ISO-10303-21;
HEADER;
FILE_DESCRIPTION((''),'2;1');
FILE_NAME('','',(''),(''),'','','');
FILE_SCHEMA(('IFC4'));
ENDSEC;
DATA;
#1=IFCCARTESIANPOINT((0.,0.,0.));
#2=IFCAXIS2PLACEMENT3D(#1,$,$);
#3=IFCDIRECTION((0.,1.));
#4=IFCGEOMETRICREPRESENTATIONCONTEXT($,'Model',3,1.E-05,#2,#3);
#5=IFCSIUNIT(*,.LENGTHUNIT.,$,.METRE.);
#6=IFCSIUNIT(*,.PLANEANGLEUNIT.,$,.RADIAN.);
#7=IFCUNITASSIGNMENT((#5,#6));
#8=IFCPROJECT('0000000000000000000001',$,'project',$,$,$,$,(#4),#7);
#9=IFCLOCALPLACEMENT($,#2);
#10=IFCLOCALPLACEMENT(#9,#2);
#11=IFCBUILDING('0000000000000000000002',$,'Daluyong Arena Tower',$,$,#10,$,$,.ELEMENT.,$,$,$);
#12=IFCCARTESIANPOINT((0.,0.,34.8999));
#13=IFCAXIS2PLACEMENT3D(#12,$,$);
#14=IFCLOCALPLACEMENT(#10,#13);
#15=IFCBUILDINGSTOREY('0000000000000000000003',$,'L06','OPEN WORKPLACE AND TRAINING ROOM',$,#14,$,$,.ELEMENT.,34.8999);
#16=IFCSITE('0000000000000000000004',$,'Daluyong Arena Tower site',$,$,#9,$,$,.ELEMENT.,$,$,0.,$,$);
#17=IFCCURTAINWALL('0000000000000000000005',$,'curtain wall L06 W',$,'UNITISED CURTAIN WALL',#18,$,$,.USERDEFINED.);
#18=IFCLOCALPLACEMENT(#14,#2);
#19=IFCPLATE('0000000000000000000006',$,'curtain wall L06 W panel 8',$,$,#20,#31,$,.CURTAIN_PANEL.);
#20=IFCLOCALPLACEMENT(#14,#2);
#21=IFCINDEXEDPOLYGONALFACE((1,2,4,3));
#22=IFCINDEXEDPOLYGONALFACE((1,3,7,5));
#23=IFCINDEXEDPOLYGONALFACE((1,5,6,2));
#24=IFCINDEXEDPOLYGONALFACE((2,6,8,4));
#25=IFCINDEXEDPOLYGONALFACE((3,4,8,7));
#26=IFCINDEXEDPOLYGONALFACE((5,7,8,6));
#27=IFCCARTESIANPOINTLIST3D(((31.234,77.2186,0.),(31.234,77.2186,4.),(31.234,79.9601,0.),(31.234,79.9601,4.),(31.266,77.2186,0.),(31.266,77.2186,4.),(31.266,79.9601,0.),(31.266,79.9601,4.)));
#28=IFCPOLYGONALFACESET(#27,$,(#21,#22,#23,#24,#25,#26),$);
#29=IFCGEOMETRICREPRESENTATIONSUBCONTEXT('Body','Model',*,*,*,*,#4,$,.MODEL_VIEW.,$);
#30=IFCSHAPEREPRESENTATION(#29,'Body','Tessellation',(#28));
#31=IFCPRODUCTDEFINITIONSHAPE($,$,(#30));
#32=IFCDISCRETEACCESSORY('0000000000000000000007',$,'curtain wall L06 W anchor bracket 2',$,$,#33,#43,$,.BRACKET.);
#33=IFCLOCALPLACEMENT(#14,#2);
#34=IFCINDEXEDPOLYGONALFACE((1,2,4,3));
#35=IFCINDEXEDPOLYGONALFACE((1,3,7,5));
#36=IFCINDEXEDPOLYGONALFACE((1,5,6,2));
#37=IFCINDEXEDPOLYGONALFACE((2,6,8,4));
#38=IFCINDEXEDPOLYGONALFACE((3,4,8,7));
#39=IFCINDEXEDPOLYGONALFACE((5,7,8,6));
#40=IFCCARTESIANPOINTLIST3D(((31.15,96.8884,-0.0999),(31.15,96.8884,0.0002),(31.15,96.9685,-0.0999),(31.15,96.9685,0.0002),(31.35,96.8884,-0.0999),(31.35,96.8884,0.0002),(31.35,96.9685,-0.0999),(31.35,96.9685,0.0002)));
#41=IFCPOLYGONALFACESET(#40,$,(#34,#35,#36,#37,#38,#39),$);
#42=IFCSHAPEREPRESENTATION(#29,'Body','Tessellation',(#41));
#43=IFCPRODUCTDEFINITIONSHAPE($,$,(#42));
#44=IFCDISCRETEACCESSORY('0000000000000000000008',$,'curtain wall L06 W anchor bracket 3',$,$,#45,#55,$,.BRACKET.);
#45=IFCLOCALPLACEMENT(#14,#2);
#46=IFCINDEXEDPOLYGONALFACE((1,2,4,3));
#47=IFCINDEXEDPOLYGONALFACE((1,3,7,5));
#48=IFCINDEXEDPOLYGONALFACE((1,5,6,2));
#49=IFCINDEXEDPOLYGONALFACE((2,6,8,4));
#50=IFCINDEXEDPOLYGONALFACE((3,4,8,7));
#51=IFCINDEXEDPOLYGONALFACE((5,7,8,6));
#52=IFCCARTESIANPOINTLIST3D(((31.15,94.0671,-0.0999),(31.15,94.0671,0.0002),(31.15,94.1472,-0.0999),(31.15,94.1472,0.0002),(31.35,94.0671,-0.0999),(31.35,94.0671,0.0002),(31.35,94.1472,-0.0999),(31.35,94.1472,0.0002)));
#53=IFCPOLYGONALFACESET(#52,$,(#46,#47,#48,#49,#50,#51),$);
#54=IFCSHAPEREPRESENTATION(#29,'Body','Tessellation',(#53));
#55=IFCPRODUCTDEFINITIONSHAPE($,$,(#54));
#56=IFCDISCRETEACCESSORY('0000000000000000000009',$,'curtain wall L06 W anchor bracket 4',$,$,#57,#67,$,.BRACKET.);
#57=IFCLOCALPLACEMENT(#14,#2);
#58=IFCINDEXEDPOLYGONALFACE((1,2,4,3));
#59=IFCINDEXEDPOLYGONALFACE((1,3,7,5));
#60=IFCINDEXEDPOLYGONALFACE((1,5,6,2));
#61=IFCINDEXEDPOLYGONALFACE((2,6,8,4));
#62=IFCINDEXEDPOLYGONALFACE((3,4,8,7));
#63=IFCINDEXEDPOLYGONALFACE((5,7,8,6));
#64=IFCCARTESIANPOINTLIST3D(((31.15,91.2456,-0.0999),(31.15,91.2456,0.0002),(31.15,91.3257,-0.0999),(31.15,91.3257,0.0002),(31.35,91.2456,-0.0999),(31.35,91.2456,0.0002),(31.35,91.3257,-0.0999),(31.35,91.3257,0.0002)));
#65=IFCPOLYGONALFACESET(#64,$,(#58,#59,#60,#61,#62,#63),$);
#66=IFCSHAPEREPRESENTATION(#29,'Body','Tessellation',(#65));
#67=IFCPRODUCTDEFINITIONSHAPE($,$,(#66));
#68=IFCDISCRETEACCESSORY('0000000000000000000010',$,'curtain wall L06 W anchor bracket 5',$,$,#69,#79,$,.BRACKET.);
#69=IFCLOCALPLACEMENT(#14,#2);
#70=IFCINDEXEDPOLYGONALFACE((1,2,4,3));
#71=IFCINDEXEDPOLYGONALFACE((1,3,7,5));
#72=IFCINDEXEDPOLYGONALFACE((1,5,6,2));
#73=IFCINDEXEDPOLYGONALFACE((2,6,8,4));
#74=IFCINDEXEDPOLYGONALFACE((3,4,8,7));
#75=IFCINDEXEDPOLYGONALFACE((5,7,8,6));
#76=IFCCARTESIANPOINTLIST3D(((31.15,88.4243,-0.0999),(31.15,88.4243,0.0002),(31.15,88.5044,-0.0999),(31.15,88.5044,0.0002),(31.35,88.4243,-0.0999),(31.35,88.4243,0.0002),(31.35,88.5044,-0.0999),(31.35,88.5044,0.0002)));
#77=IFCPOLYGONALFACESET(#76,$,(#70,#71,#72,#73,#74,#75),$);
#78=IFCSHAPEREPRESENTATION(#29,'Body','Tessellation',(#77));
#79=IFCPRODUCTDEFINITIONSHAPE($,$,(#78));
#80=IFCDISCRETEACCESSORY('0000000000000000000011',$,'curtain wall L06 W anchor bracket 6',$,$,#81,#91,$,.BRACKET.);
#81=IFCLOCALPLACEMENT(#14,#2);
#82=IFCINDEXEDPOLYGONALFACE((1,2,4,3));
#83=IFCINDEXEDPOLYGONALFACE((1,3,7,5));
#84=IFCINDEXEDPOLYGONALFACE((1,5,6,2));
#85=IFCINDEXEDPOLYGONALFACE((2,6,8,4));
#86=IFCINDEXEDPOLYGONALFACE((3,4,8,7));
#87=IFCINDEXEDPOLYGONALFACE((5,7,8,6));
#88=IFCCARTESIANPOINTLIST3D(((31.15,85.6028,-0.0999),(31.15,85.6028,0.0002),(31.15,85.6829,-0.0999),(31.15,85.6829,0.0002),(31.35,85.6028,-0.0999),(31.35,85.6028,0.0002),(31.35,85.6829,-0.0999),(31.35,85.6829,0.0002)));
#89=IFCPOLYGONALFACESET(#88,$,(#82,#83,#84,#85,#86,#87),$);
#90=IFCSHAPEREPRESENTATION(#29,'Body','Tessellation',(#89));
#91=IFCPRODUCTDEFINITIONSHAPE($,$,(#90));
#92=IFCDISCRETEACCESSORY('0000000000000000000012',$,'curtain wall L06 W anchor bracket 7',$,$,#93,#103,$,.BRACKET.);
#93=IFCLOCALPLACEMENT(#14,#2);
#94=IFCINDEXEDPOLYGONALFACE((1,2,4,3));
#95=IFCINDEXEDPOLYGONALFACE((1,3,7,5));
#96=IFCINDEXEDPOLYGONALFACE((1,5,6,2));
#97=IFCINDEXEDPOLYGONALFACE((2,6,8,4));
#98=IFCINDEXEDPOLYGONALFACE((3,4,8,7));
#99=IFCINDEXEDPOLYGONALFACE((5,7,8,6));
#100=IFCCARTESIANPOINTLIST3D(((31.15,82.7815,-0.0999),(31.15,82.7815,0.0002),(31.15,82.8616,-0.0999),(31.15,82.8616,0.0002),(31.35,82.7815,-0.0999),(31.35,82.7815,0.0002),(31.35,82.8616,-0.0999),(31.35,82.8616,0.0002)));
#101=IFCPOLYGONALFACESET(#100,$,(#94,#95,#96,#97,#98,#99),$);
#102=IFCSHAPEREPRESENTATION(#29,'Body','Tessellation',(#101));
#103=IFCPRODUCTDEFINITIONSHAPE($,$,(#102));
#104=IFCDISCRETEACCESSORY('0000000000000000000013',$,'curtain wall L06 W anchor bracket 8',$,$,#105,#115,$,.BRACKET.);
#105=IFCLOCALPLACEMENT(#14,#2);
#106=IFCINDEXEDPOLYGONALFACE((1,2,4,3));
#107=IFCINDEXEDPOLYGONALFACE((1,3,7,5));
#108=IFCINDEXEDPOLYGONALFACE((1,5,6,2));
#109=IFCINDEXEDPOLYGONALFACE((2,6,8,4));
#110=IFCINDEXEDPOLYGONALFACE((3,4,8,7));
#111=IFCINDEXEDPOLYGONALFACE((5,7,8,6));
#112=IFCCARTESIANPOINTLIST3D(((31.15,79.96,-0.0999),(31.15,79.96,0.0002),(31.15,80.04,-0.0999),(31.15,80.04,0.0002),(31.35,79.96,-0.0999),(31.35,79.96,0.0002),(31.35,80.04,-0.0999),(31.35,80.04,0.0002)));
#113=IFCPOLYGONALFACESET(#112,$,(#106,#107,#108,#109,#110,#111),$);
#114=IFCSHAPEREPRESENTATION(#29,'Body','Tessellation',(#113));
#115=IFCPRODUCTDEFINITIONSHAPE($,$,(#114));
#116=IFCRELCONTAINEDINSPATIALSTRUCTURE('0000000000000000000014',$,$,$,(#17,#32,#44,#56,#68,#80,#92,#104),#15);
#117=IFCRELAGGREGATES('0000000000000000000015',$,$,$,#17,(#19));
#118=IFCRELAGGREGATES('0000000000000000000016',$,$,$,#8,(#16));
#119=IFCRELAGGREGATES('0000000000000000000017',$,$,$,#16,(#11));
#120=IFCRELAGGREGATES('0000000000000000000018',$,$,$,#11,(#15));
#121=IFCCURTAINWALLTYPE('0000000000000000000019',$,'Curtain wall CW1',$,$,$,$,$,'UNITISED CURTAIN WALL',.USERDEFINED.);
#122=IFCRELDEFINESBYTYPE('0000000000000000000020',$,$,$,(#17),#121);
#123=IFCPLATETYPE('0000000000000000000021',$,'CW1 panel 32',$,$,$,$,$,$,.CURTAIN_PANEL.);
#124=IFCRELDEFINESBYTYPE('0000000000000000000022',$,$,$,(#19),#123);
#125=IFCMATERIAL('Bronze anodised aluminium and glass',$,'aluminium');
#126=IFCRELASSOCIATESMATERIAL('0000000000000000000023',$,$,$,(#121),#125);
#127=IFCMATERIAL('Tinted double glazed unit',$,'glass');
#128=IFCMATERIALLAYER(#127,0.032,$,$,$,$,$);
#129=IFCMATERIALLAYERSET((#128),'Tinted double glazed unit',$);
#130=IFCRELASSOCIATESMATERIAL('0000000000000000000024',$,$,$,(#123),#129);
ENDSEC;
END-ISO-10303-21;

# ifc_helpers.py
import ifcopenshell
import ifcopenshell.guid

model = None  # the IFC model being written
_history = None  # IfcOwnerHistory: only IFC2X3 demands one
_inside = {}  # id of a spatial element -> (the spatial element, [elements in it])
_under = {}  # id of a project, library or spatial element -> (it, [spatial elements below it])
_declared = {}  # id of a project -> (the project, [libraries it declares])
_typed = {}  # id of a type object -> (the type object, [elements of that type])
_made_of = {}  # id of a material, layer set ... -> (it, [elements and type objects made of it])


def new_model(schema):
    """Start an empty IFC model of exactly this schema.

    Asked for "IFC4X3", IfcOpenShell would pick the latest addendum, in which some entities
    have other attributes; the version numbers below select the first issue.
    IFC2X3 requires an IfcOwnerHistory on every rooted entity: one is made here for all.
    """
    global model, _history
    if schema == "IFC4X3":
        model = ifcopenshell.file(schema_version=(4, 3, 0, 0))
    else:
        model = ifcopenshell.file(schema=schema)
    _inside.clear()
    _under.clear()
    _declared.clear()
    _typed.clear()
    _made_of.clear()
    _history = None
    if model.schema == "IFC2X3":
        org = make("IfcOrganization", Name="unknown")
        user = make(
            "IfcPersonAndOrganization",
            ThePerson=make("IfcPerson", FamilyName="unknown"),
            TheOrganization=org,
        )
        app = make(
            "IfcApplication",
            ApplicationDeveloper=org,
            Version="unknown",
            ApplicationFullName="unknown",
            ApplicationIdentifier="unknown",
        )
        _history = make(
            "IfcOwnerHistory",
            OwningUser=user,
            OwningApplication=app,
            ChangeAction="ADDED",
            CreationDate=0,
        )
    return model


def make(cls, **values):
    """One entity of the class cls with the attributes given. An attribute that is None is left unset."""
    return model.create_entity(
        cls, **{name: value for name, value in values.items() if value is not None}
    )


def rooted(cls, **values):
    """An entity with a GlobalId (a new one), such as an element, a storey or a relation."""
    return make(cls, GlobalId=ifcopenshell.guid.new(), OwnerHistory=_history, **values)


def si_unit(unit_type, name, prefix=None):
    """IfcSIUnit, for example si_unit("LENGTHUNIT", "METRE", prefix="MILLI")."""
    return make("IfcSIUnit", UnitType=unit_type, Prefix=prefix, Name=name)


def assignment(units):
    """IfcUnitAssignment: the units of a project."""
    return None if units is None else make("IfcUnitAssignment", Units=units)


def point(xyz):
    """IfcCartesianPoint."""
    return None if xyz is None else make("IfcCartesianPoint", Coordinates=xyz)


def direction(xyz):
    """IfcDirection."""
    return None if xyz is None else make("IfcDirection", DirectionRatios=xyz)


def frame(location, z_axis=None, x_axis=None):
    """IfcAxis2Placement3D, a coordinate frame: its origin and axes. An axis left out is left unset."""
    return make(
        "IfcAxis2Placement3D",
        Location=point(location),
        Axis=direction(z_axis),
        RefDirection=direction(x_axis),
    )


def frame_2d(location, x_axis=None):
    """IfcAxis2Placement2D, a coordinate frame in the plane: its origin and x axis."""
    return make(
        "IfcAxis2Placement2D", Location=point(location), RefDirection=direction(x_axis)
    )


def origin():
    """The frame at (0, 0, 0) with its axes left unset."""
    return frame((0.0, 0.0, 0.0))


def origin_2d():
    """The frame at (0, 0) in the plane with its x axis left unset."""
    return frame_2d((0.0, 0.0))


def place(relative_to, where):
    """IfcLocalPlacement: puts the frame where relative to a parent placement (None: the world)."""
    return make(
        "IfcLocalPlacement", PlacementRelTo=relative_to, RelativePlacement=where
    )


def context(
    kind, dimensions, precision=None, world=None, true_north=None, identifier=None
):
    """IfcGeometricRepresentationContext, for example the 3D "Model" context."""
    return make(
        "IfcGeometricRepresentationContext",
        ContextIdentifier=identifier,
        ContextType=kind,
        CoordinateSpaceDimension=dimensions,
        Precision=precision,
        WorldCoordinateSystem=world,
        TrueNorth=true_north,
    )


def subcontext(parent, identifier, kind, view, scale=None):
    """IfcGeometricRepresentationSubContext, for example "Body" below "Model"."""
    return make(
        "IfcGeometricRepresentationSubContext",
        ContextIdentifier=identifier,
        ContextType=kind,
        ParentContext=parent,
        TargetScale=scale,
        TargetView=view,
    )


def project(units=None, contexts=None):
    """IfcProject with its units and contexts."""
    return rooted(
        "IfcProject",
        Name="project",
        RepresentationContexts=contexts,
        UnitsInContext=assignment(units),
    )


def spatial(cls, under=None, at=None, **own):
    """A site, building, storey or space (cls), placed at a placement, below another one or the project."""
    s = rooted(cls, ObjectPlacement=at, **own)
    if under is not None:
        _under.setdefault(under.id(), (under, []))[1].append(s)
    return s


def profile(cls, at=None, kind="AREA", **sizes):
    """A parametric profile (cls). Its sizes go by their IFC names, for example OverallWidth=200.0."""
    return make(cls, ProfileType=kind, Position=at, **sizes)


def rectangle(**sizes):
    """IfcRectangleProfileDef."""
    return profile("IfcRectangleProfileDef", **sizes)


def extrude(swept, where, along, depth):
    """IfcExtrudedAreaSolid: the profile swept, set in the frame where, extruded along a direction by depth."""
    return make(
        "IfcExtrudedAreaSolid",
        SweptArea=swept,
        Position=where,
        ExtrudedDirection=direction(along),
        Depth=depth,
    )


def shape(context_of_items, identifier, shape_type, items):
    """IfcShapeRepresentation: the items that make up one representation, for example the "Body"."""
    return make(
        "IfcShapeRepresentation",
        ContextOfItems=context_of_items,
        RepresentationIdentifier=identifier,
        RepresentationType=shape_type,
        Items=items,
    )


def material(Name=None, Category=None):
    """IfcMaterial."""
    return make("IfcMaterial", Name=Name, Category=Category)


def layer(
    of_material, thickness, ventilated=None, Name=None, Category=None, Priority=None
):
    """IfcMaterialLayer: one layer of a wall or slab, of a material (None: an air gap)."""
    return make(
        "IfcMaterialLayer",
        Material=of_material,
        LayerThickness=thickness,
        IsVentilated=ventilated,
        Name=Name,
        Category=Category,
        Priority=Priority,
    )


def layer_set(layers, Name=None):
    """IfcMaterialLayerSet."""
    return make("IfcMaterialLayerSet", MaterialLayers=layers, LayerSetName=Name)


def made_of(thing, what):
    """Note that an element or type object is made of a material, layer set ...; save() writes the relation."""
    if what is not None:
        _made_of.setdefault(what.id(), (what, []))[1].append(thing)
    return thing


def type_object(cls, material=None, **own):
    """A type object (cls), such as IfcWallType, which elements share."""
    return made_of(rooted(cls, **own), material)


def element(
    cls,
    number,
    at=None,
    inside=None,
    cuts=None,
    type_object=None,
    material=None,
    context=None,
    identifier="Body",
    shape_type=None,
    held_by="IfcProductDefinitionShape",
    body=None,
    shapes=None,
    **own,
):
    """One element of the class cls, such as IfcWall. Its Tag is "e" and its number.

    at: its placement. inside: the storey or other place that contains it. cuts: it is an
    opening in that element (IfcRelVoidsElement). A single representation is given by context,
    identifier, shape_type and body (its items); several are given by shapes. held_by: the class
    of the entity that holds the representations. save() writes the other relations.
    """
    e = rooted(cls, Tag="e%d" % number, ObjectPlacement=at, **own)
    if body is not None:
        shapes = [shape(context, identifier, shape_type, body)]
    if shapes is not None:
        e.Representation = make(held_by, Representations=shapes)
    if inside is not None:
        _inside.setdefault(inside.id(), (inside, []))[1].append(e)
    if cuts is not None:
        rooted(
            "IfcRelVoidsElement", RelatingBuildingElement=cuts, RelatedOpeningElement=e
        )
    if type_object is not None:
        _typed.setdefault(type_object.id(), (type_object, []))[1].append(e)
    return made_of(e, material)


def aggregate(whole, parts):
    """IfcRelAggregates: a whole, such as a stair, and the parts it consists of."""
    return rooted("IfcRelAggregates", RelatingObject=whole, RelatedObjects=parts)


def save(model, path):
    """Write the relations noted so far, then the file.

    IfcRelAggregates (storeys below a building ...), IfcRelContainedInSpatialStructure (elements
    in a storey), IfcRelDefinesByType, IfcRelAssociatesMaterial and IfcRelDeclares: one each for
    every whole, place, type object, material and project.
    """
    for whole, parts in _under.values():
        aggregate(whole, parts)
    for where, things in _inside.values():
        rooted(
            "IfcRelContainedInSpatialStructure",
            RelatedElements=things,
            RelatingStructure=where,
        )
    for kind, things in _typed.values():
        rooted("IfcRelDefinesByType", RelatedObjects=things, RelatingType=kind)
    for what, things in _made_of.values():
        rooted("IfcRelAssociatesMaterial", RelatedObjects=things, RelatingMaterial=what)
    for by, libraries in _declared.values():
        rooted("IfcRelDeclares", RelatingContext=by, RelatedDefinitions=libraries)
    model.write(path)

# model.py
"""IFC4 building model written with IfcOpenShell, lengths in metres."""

from ifc_helpers import new_model, si_unit, direction, frame, origin, origin_2d, place, context, subcontext, project, spatial, rectangle, extrude, material, layer, layer_set, type_object, element, aggregate, save


model = new_model("IFC4")

# Units and contexts
model_context = context("Model", 3, precision=1e-05, world=origin(), true_north=direction((0.0, 1.0)))
body_context = subcontext(model_context, "Body", "Model", "MODEL_VIEW")
ifc_project = project(units=[si_unit("LENGTHUNIT", "METRE"), si_unit("PLANEANGLEUNIT", "RADIAN")], contexts=[model_context])

# Site, building, storey
site_placement = place(None, origin())
site = spatial("IfcSite", under=ifc_project, at=site_placement, Name="Daluyong Arena Tower site", CompositionType="ELEMENT", RefElevation=0.0)
building_placement = place(site_placement, origin())
building = spatial("IfcBuilding", under=site, at=building_placement, Name="Daluyong Arena Tower", CompositionType="ELEMENT")
storey_placement = place(building_placement, frame((0.0, 0.0, 34.8999)))
storey = spatial("IfcBuildingStorey", under=building, at=storey_placement, Name="L06", Description="OPEN WORKPLACE AND TRAINING ROOM", CompositionType="ELEMENT", Elevation=34.8999)

# Curtain wall
ifc_material_1 = material(Name="Bronze anodised aluminium and glass", Category="aluminium")
curtain_wall_type = type_object("IfcCurtainWallType", Name="Curtain wall CW1", ElementType="UNITISED CURTAIN WALL", PredefinedType="USERDEFINED", material=ifc_material_1)
curtain_wall_placement = place(storey_placement, origin())
curtain_wall = element("IfcCurtainWall", 1, at=curtain_wall_placement, inside=storey, type_object=curtain_wall_type, Name="curtain wall L06 W", ObjectType="UNITISED CURTAIN WALL", PredefinedType="USERDEFINED")

# Plate
ifc_material_2 = material(Name="Tinted double glazed unit", Category="glass")
ifc_layer = layer(ifc_material_2, 0.032)
ifc_layer_set = layer_set([ifc_layer], Name="Tinted double glazed unit")
plate_type = type_object("IfcPlateType", Name="CW1 panel 32", PredefinedType="CURTAIN_PANEL", material=ifc_layer_set)
plate_1_placement = place(storey_placement, frame((31.25, 78.5894, 0.0), z_axis=(0.0, 0.0, 1.0), x_axis=(0.0, -1.0, 0.0)))
plate_1 = element("IfcPlate", 2, at=plate_1_placement, type_object=plate_type, Name="curtain wall L06 W panel 8", PredefinedType="CURTAIN_PANEL", context=body_context, shape_type="SweptSolid", body=[
    extrude(rectangle(XDim=2.7415, YDim=0.032, at=origin_2d()), origin(), (0.0, 0.0, 1.0), 4.0),
])
aggregate(curtain_wall, [plate_1])

# Discrete accessories
for number, where, z_axis, x_axis, name in (
    (3, (31.25, 96.9285, -0.0999), (0.0, 0.0, 1.0), (0.0, -1.0, 0.0), "curtain wall L06 W anchor bracket 2"),
    (4, (31.25, 94.1072, -0.0999), (0.0, 0.0, 1.0), (0.0, -1.0, 0.0), "curtain wall L06 W anchor bracket 3"),
    (5, (31.25, 91.2856, -0.0999), (0.0, 0.0, 1.0), (0.0, -1.0, 0.0), "curtain wall L06 W anchor bracket 4"),
    (6, (31.25, 88.4644, -0.0999), (0.0, 0.0, 1.0), (0.0, -1.0, 0.0), "curtain wall L06 W anchor bracket 5"),
    (7, (31.25, 85.6428, -0.0999), (0.0, 0.0, 1.0), (0.0, -1.0, 0.0), "curtain wall L06 W anchor bracket 6"),
    (8, (31.25, 82.8215, -0.0999), (0.0, 0.0, 1.0), (0.0, -1.0, 0.0), "curtain wall L06 W anchor bracket 7"),
    (9, (31.25, 80.0, -0.0999), (0.0, 0.0, 1.0), (0.0, -1.0, 0.0), "curtain wall L06 W anchor bracket 8"),
):
    element("IfcDiscreteAccessory", number, at=place(storey_placement, frame(where, z_axis=z_axis, x_axis=x_axis)), inside=storey, Name=name, PredefinedType="BRACKET", context=body_context, shape_type="SweptSolid", body=[
        extrude(rectangle(XDim=0.0801, YDim=0.2, at=origin_2d()), origin(), (0.0, 0.0, 1.0), 0.1001),
    ])

save(model, "model.ifc")
